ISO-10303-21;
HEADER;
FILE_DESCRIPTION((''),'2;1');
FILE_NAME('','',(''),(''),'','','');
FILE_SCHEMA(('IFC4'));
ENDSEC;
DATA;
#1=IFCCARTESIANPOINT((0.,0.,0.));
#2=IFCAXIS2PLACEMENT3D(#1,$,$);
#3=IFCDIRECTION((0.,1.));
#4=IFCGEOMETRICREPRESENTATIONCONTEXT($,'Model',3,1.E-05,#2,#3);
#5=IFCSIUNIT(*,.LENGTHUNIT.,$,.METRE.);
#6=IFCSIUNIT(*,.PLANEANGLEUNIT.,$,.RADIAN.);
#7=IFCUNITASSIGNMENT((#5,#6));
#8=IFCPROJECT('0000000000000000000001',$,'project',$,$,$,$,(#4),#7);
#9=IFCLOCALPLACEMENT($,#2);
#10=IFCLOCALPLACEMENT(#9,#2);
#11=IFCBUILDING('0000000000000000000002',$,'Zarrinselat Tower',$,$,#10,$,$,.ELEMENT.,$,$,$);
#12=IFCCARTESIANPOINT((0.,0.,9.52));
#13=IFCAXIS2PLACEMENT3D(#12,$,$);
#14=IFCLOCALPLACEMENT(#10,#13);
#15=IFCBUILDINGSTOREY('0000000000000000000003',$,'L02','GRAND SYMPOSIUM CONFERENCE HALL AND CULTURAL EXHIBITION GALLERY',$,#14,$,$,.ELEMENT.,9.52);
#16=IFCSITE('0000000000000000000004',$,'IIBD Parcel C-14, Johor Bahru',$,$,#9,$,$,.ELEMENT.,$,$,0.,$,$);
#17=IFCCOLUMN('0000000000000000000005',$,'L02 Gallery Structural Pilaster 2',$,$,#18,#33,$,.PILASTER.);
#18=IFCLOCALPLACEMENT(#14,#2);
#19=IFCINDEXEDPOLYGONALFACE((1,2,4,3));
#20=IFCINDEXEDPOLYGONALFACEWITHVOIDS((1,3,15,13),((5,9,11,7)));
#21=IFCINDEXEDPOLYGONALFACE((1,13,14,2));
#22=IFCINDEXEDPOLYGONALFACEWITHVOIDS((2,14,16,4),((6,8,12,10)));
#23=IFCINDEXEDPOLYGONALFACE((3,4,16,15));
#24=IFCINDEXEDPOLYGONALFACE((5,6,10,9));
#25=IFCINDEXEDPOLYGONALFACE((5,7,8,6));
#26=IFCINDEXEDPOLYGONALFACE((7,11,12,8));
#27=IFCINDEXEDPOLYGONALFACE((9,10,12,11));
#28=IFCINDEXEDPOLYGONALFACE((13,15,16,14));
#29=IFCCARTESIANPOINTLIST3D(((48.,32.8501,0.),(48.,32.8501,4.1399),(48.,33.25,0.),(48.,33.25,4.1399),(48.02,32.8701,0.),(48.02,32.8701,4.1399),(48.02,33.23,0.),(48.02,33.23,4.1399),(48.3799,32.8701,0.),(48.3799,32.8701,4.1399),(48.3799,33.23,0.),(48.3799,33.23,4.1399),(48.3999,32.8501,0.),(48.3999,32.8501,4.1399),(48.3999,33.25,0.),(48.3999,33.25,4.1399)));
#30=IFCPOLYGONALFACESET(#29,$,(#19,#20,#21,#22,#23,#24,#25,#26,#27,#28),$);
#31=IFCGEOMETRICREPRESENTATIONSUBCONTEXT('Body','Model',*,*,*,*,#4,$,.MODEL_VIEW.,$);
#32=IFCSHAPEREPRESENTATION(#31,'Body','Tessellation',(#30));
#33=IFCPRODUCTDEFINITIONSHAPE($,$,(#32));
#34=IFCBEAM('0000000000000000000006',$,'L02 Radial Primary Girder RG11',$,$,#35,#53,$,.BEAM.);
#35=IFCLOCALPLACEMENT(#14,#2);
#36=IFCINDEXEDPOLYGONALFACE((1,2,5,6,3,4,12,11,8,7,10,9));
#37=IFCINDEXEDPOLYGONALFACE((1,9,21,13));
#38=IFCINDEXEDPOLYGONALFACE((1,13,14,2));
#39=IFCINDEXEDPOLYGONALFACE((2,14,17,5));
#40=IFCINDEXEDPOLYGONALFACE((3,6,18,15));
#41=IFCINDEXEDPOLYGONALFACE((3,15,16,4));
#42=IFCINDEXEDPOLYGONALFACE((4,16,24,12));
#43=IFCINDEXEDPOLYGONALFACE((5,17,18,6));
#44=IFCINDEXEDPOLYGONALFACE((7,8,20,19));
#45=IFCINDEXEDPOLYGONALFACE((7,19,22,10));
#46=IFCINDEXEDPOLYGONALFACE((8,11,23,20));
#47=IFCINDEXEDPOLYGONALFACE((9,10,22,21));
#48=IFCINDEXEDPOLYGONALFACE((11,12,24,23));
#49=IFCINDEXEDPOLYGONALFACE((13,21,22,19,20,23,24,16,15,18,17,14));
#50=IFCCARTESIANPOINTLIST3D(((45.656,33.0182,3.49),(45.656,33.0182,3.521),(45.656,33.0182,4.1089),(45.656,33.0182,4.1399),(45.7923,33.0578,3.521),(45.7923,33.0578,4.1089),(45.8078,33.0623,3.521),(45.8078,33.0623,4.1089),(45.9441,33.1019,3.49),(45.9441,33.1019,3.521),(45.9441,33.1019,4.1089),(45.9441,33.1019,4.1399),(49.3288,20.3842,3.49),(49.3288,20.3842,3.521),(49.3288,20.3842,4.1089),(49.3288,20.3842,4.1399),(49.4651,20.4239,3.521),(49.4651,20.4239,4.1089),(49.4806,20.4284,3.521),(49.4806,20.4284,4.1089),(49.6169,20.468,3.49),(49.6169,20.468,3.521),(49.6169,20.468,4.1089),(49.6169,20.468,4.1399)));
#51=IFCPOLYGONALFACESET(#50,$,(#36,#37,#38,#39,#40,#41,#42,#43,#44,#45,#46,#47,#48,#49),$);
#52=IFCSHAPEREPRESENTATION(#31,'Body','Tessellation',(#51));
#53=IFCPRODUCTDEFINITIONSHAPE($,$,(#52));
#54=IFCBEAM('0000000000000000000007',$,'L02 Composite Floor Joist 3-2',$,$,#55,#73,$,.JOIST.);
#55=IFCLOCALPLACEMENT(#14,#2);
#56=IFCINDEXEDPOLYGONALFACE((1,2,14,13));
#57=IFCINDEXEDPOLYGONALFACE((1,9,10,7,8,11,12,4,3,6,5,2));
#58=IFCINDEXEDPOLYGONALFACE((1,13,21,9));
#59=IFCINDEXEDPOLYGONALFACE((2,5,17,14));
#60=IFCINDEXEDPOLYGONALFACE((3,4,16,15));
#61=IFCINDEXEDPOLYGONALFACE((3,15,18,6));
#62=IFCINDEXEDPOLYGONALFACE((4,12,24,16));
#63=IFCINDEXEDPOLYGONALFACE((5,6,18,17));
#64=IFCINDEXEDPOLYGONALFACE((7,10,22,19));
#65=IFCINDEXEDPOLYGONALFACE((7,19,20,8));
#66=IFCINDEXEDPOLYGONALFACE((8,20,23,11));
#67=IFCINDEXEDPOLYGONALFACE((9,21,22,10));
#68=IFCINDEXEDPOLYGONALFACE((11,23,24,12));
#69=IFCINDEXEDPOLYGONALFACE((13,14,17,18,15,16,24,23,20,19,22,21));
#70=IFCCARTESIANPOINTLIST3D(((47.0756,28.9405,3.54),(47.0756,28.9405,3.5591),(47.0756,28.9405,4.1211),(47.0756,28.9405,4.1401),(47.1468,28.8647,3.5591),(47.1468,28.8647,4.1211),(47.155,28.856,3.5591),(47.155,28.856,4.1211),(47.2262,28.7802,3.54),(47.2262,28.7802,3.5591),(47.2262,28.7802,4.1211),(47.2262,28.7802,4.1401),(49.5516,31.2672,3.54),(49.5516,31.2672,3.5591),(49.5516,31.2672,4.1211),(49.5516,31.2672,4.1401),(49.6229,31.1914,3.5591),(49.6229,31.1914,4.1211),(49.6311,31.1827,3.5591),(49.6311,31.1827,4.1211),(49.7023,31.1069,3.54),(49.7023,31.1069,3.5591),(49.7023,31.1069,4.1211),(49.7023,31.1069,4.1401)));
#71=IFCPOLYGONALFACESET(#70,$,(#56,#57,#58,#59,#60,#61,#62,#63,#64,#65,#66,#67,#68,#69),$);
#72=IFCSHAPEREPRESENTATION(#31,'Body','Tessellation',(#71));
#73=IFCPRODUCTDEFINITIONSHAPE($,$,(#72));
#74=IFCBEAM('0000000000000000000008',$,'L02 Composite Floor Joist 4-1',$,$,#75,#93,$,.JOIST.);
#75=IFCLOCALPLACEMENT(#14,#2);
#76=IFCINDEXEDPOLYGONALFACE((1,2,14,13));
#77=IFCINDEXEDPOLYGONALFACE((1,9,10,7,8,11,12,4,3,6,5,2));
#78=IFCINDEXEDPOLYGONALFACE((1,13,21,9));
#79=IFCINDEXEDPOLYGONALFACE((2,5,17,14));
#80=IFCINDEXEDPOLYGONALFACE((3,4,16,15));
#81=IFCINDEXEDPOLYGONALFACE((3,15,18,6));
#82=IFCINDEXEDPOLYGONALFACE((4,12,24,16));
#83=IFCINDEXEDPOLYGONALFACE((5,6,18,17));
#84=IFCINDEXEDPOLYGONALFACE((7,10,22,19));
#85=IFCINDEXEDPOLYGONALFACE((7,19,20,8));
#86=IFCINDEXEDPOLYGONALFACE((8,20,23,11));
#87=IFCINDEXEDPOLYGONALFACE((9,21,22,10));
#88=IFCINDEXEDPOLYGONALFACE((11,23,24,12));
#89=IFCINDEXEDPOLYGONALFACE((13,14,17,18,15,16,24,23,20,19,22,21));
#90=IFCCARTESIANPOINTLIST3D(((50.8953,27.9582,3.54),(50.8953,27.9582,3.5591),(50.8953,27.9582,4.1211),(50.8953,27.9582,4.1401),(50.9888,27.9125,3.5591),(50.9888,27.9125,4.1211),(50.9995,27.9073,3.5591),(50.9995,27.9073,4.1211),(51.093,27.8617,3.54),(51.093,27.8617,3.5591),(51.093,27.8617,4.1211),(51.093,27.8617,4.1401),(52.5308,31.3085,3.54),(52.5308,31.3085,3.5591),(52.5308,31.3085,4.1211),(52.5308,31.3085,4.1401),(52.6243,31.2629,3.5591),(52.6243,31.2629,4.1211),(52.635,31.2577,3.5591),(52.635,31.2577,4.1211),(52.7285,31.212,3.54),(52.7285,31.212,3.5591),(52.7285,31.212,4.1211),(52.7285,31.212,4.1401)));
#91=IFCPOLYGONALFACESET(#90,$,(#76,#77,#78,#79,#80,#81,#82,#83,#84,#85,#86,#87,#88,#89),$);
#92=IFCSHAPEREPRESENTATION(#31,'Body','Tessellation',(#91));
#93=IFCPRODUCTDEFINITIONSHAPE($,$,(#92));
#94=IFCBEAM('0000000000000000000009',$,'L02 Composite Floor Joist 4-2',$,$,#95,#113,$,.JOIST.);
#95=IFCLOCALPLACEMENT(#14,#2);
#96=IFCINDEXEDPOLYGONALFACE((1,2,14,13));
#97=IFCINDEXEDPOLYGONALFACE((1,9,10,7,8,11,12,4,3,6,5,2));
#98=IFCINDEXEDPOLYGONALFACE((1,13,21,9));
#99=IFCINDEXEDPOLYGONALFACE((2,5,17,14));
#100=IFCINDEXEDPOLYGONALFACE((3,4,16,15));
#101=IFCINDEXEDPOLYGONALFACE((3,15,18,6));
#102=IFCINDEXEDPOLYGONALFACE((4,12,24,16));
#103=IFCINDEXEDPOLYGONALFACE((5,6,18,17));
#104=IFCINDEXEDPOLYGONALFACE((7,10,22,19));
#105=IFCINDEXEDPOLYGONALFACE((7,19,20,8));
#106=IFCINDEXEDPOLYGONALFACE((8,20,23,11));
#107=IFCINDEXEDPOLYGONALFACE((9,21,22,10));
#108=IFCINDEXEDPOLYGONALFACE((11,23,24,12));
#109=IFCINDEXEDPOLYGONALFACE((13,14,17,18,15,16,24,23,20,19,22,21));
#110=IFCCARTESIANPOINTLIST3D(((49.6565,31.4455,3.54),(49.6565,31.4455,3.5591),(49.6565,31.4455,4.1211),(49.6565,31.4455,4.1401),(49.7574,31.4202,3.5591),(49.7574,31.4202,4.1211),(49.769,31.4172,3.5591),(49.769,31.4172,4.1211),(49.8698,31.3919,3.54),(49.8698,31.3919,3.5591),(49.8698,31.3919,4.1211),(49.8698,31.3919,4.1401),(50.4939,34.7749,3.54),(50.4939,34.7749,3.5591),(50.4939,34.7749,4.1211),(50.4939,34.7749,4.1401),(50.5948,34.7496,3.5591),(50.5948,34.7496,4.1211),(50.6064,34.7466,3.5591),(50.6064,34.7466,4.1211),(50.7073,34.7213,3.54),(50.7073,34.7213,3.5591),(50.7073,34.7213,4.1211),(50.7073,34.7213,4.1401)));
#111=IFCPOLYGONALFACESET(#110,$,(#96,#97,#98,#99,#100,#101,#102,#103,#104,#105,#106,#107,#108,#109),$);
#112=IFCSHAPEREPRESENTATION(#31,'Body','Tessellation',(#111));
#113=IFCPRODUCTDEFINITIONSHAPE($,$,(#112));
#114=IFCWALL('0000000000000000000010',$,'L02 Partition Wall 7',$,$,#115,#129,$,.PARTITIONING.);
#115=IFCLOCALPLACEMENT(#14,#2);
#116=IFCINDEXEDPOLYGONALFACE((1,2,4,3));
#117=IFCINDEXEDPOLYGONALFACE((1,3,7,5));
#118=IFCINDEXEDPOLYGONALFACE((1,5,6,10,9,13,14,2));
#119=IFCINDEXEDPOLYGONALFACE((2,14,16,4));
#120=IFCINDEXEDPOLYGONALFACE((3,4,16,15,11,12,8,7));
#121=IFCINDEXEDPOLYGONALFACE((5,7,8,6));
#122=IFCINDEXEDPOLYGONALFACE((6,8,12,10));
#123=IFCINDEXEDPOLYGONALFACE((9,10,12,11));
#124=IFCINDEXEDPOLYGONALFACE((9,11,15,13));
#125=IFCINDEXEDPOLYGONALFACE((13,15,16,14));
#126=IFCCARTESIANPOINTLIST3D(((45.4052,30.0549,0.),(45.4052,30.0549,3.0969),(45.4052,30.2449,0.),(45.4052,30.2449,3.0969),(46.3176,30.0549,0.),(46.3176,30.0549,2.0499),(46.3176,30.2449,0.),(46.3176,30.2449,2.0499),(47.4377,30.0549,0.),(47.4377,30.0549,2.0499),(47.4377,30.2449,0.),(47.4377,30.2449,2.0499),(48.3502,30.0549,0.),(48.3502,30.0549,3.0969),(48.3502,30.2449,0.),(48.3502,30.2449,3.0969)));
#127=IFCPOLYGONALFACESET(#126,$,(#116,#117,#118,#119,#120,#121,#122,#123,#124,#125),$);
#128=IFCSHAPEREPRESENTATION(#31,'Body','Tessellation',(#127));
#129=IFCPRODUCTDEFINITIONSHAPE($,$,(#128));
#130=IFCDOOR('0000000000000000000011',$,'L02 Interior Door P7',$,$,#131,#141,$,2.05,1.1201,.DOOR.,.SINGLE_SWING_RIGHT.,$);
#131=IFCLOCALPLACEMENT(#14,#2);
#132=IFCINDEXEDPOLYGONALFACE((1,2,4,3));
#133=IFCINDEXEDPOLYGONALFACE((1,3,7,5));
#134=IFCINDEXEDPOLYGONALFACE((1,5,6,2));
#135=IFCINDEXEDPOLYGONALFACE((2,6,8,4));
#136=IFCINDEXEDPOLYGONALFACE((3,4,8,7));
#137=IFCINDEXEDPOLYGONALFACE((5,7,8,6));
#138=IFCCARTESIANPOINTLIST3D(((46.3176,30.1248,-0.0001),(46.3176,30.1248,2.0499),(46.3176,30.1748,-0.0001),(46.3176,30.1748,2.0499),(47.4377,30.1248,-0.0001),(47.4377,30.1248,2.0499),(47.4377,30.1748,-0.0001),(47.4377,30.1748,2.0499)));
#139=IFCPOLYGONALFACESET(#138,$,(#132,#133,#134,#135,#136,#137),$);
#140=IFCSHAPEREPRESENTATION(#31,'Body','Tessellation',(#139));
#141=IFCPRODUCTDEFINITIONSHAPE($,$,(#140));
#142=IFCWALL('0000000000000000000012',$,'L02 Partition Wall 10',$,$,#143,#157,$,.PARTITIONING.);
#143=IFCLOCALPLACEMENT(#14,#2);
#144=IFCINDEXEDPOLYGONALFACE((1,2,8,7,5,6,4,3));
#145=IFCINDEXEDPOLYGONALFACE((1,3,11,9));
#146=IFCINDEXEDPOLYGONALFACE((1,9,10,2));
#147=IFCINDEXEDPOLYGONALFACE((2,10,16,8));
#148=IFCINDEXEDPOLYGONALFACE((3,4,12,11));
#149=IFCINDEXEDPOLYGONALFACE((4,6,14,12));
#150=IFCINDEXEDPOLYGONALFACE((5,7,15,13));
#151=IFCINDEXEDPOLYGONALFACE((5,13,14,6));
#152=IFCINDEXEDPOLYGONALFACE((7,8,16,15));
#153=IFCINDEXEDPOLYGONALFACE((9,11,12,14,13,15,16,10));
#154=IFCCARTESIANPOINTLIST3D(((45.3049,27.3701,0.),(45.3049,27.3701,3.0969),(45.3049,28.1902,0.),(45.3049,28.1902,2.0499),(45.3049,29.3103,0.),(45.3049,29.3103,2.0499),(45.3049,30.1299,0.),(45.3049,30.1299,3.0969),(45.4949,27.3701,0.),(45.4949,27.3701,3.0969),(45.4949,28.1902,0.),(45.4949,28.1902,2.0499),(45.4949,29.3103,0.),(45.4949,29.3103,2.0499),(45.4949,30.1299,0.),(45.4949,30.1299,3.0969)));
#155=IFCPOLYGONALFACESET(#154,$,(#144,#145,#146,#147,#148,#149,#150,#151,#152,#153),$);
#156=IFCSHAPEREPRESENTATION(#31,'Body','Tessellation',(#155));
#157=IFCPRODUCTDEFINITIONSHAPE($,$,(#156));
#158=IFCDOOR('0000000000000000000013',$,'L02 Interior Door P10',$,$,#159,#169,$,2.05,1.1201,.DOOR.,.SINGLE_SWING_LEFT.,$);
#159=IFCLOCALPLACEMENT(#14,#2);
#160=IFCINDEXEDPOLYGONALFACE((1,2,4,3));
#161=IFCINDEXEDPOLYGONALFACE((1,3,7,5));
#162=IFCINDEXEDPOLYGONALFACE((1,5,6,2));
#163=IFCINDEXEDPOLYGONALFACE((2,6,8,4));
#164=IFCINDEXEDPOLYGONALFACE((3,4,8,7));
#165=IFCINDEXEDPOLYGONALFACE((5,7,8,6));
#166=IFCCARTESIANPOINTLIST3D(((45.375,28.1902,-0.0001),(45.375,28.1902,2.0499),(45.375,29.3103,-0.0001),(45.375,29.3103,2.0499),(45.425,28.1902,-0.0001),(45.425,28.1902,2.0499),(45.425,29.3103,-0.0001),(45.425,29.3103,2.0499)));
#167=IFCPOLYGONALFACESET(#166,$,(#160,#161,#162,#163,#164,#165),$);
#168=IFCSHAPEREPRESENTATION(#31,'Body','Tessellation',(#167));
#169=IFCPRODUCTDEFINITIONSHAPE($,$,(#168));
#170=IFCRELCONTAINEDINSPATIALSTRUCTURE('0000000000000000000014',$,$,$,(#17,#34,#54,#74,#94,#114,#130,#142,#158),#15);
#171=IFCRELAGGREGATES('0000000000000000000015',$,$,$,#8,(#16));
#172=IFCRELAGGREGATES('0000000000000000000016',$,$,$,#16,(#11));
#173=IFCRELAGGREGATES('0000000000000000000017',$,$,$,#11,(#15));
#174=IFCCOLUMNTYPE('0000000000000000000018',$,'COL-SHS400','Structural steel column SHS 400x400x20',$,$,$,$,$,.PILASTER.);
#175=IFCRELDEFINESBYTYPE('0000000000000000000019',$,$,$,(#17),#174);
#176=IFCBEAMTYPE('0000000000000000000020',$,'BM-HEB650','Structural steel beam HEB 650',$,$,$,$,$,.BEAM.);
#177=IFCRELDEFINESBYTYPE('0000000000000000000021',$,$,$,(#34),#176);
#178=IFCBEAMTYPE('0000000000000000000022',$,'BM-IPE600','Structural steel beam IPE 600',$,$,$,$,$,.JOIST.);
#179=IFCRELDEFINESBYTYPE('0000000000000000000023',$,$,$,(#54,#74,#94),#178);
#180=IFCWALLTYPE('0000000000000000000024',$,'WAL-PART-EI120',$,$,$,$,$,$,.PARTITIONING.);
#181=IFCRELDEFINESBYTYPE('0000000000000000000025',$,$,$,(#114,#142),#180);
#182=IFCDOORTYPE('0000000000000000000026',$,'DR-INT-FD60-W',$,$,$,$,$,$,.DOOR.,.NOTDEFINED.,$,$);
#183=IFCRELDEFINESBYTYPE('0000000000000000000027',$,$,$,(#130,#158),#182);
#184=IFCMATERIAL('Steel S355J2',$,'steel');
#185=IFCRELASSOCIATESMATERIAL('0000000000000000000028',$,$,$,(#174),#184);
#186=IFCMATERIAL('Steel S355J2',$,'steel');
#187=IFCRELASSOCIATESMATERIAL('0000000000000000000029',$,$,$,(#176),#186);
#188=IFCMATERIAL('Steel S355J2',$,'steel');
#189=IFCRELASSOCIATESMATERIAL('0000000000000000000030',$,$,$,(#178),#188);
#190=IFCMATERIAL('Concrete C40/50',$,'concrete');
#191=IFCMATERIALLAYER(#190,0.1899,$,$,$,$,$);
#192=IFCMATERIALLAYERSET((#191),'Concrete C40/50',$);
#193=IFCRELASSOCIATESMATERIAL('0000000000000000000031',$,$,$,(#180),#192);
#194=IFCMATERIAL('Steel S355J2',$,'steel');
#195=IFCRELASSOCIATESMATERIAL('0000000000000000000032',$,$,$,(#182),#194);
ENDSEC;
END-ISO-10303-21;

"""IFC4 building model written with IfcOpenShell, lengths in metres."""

from ifc_helpers import new_model, si_unit, direction, frame, frame_2d, origin, origin_2d, place, context, subcontext, project, spatial, rectangle, hollow_rectangle, i_section, extrude, material, layer, layer_set, material_profile, profile_set, type_object, element, fill, save


model = new_model("IFC4")

# Units and contexts
model_context = context("Model", 3, precision=1e-05, world=origin(), true_north=direction((0.0, 1.0)))
body_context = subcontext(model_context, "Body", "Model", "MODEL_VIEW")
ifc_project = project(units=[si_unit("LENGTHUNIT", "METRE"), si_unit("PLANEANGLEUNIT", "RADIAN")], contexts=[model_context])

# Site, building, storey
site_placement = place(None, origin())
site = spatial("IfcSite", under=ifc_project, at=site_placement, Name="IIBD Parcel C-14, Johor Bahru", CompositionType="ELEMENT", RefElevation=0.0)
building_placement = place(site_placement, origin())
building = spatial("IfcBuilding", under=site, at=building_placement, Name="Zarrinselat Tower", CompositionType="ELEMENT")
storey_placement = place(building_placement, frame((0.0, 0.0, 9.52)))
storey = spatial("IfcBuildingStorey", under=building, at=storey_placement, Name="L02", Description="GRAND SYMPOSIUM CONFERENCE HALL AND CULTURAL EXHIBITION GALLERY", CompositionType="ELEMENT", Elevation=9.52)

# Column
ifc_material_1 = material(Name="Steel S355J2", Category="steel")
ifc_material_profile_1 = material_profile(ifc_material_1, hollow_rectangle(XDim=0.3999, YDim=0.3999, WallThickness=0.02, at=origin_2d()), Name="SHS 400x400x20")
ifc_profile_set_1 = profile_set([ifc_material_profile_1], Name="Steel S355J2")
column_type = type_object("IfcColumnType", Name="COL-SHS400", Description="Structural steel column SHS 400x400x20", PredefinedType="PILASTER", material=ifc_profile_set_1)
column_placement = place(storey_placement, frame((48.2, 33.05, 0.0), z_axis=(0.0, 0.0, 1.0), x_axis=(1.0, 0.0, 0.0)))
element("IfcColumn", 1, at=column_placement, inside=storey, type_object=column_type, Name="L02 Gallery Structural Pilaster 2", PredefinedType="PILASTER", context=body_context, shape_type="SweptSolid", body=[
    extrude(hollow_rectangle(XDim=0.3999, YDim=0.3999, WallThickness=0.02, at=origin_2d()), origin(), (0.0, 0.0, 1.0), 4.1399),
])

# Beams
ifc_material_2 = material(Name="Steel S355J2", Category="steel")
ifc_material_profile_2 = material_profile(ifc_material_2, i_section(OverallWidth=0.3, OverallDepth=0.6499, WebThickness=0.0161, FlangeThickness=0.031, at=origin_2d()), Name="HEB 650")
ifc_profile_set_2 = profile_set([ifc_material_profile_2], Name="Steel S355J2")
beam_type_1 = type_object("IfcBeamType", Name="BM-HEB650", Description="Structural steel beam HEB 650", PredefinedType="BEAM", material=ifc_profile_set_2)
beam_1_placement = place(storey_placement, frame((45.8, 33.0601, 3.8149), z_axis=(0.279154, -0.960246, 0.0), x_axis=(0.960246, 0.279154, 0.0)))
element("IfcBeam", 2, at=beam_1_placement, inside=storey, type_object=beam_type_1, Name="L02 Radial Primary Girder RG11", PredefinedType="BEAM", context=body_context, shape_type="SweptSolid", body=[
    extrude(i_section(OverallWidth=0.3, OverallDepth=0.6499, WebThickness=0.0161, FlangeThickness=0.031, at=origin_2d()), origin(), (0.0, 0.0, 1.0), 13.157),
])
ifc_material_3 = material(Name="Steel S355J2", Category="steel")
ifc_material_profile_3 = material_profile(ifc_material_3, i_section(OverallWidth=0.22, OverallDepth=0.6001, WebThickness=0.012, FlangeThickness=0.019, at=origin_2d()), Name="IPE 600")
ifc_profile_set_3 = profile_set([ifc_material_profile_3], Name="Steel S355J2")
beam_type_2 = type_object("IfcBeamType", Name="BM-IPE600", Description="Structural steel beam IPE 600", PredefinedType="JOIST", material=ifc_profile_set_3)
beam_2_placement = place(storey_placement, frame((47.1509, 28.8604, 3.8401), z_axis=(0.728752, 0.684777, 0.0), x_axis=(-0.684777, 0.728752, 0.0)))
element("IfcBeam", 3, at=beam_2_placement, inside=storey, type_object=beam_type_2, Name="L02 Composite Floor Joist 3-2", PredefinedType="JOIST", context=body_context, shape_type="SweptSolid", body=[
    extrude(i_section(OverallWidth=0.22, OverallDepth=0.6001, WebThickness=0.012, FlangeThickness=0.019, at=origin_2d()), origin(), (0.0, 0.0, 1.0), 3.3977),
])
beam_3_placement = place(storey_placement, frame((50.9941, 27.9099, 3.8401), z_axis=(0.43868, 0.898643, 0.0), x_axis=(-0.898643, 0.43868, 0.0)))
element("IfcBeam", 4, at=beam_3_placement, inside=storey, type_object=beam_type_2, Name="L02 Composite Floor Joist 4-1", PredefinedType="JOIST", context=body_context, shape_type="SweptSolid", body=[
    extrude(i_section(OverallWidth=0.22, OverallDepth=0.6001, WebThickness=0.012, FlangeThickness=0.019, at=origin_2d()), origin(), (0.0, 0.0, 1.0), 3.7283),
])
beam_4_placement = place(storey_placement, frame((49.7632, 31.4187, 3.8401), z_axis=(0.243924, 0.969794, 0.0), x_axis=(-0.969794, 0.243924, 0.0)))
element("IfcBeam", 5, at=beam_4_placement, inside=storey, type_object=beam_type_2, Name="L02 Composite Floor Joist 4-2", PredefinedType="JOIST", context=body_context, shape_type="SweptSolid", body=[
    extrude(i_section(OverallWidth=0.22, OverallDepth=0.6001, WebThickness=0.012, FlangeThickness=0.019, at=origin_2d()), origin(), (0.0, 0.0, 1.0), 3.4331),
])

# Walls, openings, doors
ifc_material_4 = material(Name="Concrete C40/50", Category="concrete")
ifc_layer_1 = layer(ifc_material_4, 0.1899)
ifc_layer_set_1 = layer_set([ifc_layer_1], Name="Concrete C40/50")
wall_type_1 = type_object("IfcWallType", Name="WAL-PART-EI120", PredefinedType="PARTITIONING", material=ifc_layer_set_1)
wall_1_placement = place(storey_placement, frame((45.405, 30.1499, 0.0), z_axis=(0.0, 0.0, 1.0), x_axis=(1.0, 0.0, 0.0)))
wall_1 = element("IfcWall", 6, at=wall_1_placement, inside=storey, type_object=wall_type_1, Name="L02 Partition Wall 7", PredefinedType="PARTITIONING", context=body_context, shape_type="SweptSolid", body=[
    extrude(rectangle(XDim=2.9451, YDim=0.1899, at=frame_2d((1.4727, 0.0))), origin(), (0.0, 0.0, 1.0), 3.0969),
])
opening_1_placement = place(wall_1_placement, frame((0.9126, 0.0, 0.0)))
opening_1 = element("IfcOpeningElement", 7, at=opening_1_placement, cuts=wall_1, PredefinedType="OPENING", context=body_context, shape_type="SweptSolid", body=[
    extrude(rectangle(XDim=1.1201, YDim=2.05, at=frame_2d((0.5601, 1.0249))), frame((0.0, 0.105, 0.0), z_axis=(0.0, -1.0, 0.0), x_axis=(1.0, 0.0, 0.0)), (0.0, 0.0, 1.0), 0.21),
])
ifc_material_5 = material(Name="Steel S355J2", Category="steel")
door_type_1 = type_object("IfcDoorType", Name="DR-INT-FD60-W", OperationType="NOTDEFINED", PredefinedType="DOOR", material=ifc_material_5)
door_1_placement = place(opening_1_placement, origin())
door_1 = element("IfcDoor", 8, at=door_1_placement, inside=storey, type_object=door_type_1, Name="L02 Interior Door P7", OperationType="SINGLE_SWING_RIGHT", OverallHeight=2.05, OverallWidth=1.1201, PredefinedType="DOOR", context=body_context, shape_type="SweptSolid", body=[
    extrude(rectangle(XDim=1.1201, YDim=2.05, at=frame_2d((0.5601, 1.0249))), frame((0.0, 0.0249, 0.0), z_axis=(0.0, -1.0, 0.0), x_axis=(1.0, 0.0, 0.0)), (0.0, 0.0, 1.0), 0.05),
])
fill(opening_1, door_1)
wall_2_placement = place(storey_placement, frame((45.3999, 27.3701, 0.0), z_axis=(0.0, 0.0, 1.0), x_axis=(0.0, 1.0, 0.0)))
wall_2 = element("IfcWall", 9, at=wall_2_placement, inside=storey, type_object=wall_type_1, Name="L02 Partition Wall 10", PredefinedType="PARTITIONING", context=body_context, shape_type="SweptSolid", body=[
    extrude(rectangle(XDim=2.7598, YDim=0.1899, at=frame_2d((1.3799, 0.0))), origin(), (0.0, 0.0, 1.0), 3.0969),
])
opening_2_placement = place(wall_2_placement, frame((0.8201, 0.0, 0.0)))
opening_2 = element("IfcOpeningElement", 10, at=opening_2_placement, cuts=wall_2, PredefinedType="OPENING", context=body_context, shape_type="SweptSolid", body=[
    extrude(rectangle(XDim=1.1201, YDim=2.05, at=frame_2d((0.5601, 1.0249))), frame((0.0, 0.105, 0.0), z_axis=(0.0, -1.0, 0.0), x_axis=(1.0, 0.0, 0.0)), (0.0, 0.0, 1.0), 0.21),
])
door_2_placement = place(opening_2_placement, origin())
door_2 = element("IfcDoor", 11, at=door_2_placement, inside=storey, type_object=door_type_1, Name="L02 Interior Door P10", OperationType="SINGLE_SWING_LEFT", OverallHeight=2.05, OverallWidth=1.1201, PredefinedType="DOOR", context=body_context, shape_type="SweptSolid", body=[
    extrude(rectangle(XDim=1.1201, YDim=2.05, at=frame_2d((0.5601, 1.0249))), frame((0.0, 0.0249, 0.0), z_axis=(0.0, -1.0, 0.0), x_axis=(1.0, 0.0, 0.0)), (0.0, 0.0, 1.0), 0.05),
])
fill(opening_2, door_2)

save(model, "model.ifc")
